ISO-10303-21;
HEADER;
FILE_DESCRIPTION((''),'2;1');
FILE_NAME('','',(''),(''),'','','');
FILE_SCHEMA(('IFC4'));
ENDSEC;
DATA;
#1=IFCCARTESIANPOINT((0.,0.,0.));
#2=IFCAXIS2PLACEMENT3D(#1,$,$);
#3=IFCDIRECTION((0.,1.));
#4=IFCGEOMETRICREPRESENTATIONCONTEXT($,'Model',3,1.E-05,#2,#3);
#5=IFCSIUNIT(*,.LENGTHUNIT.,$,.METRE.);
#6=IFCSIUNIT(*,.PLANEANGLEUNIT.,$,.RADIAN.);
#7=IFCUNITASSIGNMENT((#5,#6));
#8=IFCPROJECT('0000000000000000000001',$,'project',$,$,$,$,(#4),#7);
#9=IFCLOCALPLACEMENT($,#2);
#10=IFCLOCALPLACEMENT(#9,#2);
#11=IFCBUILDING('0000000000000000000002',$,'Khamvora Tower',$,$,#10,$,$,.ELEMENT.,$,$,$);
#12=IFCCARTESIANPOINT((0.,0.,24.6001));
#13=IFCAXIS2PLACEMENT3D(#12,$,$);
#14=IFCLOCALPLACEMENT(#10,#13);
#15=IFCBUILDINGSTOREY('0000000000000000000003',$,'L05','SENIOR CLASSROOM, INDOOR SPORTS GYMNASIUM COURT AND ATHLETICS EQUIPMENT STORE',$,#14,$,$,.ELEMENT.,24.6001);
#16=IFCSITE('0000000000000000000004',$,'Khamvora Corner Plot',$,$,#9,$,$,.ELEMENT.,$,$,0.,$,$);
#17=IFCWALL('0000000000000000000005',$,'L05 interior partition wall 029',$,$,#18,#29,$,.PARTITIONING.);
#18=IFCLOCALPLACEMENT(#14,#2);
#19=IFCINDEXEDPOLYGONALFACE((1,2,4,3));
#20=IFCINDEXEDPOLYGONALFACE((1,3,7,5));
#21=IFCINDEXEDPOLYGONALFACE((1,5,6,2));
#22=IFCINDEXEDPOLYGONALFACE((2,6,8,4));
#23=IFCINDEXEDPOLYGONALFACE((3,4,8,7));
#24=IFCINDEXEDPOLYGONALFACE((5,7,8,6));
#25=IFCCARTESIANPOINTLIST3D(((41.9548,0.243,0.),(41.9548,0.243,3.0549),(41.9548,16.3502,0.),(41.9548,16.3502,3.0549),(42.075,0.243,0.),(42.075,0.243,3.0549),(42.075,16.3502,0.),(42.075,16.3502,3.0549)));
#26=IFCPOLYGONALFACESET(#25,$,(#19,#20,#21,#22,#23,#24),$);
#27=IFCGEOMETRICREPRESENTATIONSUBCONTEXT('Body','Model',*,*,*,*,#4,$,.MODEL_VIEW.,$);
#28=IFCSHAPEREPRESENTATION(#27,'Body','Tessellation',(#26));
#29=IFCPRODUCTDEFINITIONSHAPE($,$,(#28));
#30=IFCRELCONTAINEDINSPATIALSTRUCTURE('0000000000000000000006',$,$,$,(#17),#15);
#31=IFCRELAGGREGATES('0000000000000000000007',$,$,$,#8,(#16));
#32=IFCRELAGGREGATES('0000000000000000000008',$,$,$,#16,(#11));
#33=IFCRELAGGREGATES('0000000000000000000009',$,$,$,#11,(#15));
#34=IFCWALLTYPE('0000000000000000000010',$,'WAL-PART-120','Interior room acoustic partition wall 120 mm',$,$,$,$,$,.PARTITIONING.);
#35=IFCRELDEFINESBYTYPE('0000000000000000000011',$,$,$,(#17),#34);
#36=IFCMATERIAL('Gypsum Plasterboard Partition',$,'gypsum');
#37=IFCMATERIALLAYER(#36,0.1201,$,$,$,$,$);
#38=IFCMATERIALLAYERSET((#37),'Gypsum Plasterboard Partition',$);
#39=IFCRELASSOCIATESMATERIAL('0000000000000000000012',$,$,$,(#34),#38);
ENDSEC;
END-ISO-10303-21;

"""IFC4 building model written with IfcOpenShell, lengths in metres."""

from ifc_helpers import new_model, si_unit, direction, frame, frame_2d, origin, place, context, subcontext, project, spatial, rectangle, extrude, material, layer, layer_set, type_object, element, save


model = new_model("IFC4")

# Units and contexts
model_context = context("Model", 3, precision=1e-05, world=origin(), true_north=direction((0.0, 1.0)))
body_context = subcontext(model_context, "Body", "Model", "MODEL_VIEW")
ifc_project = project(units=[si_unit("LENGTHUNIT", "METRE"), si_unit("PLANEANGLEUNIT", "RADIAN")], contexts=[model_context])

# Site, building, storey
site_placement = place(None, origin())
site = spatial("IfcSite", under=ifc_project, at=site_placement, Name="Khamvora Corner Plot", CompositionType="ELEMENT", RefElevation=0.0)
building_placement = place(site_placement, origin())
building = spatial("IfcBuilding", under=site, at=building_placement, Name="Khamvora Tower", CompositionType="ELEMENT")
storey_placement = place(building_placement, frame((0.0, 0.0, 24.6001)))
storey = spatial("IfcBuildingStorey", under=building, at=storey_placement, Name="L05", Description="SENIOR CLASSROOM, INDOOR SPORTS GYMNASIUM COURT AND ATHLETICS EQUIPMENT STORE", CompositionType="ELEMENT", Elevation=24.6001)

# Wall
ifc_material_1 = material(Name="Gypsum Plasterboard Partition", Category="gypsum")
ifc_layer_1 = layer(ifc_material_1, 0.1201)
ifc_layer_set_1 = layer_set([ifc_layer_1], Name="Gypsum Plasterboard Partition")
wall_type_1 = type_object("IfcWallType", Name="WAL-PART-120", Description="Interior room acoustic partition wall 120 mm", PredefinedType="PARTITIONING", material=ifc_layer_set_1)
wall_1_placement = place(storey_placement, frame((42.0149, 0.2429, 0.0), z_axis=(0.0, 0.0, 1.0), x_axis=(0.0, 1.0, 0.0)))
element("IfcWall", 1, at=wall_1_placement, inside=storey, type_object=wall_type_1, Name="L05 interior partition wall 029", PredefinedType="PARTITIONING", context=body_context, shape_type="SweptSolid", body=[
    extrude(rectangle(XDim=16.1072, YDim=0.1201, at=frame_2d((8.0537, 0.0))), origin(), (0.0, 0.0, 1.0), 3.0549),
])

save(model, "model.ifc")
